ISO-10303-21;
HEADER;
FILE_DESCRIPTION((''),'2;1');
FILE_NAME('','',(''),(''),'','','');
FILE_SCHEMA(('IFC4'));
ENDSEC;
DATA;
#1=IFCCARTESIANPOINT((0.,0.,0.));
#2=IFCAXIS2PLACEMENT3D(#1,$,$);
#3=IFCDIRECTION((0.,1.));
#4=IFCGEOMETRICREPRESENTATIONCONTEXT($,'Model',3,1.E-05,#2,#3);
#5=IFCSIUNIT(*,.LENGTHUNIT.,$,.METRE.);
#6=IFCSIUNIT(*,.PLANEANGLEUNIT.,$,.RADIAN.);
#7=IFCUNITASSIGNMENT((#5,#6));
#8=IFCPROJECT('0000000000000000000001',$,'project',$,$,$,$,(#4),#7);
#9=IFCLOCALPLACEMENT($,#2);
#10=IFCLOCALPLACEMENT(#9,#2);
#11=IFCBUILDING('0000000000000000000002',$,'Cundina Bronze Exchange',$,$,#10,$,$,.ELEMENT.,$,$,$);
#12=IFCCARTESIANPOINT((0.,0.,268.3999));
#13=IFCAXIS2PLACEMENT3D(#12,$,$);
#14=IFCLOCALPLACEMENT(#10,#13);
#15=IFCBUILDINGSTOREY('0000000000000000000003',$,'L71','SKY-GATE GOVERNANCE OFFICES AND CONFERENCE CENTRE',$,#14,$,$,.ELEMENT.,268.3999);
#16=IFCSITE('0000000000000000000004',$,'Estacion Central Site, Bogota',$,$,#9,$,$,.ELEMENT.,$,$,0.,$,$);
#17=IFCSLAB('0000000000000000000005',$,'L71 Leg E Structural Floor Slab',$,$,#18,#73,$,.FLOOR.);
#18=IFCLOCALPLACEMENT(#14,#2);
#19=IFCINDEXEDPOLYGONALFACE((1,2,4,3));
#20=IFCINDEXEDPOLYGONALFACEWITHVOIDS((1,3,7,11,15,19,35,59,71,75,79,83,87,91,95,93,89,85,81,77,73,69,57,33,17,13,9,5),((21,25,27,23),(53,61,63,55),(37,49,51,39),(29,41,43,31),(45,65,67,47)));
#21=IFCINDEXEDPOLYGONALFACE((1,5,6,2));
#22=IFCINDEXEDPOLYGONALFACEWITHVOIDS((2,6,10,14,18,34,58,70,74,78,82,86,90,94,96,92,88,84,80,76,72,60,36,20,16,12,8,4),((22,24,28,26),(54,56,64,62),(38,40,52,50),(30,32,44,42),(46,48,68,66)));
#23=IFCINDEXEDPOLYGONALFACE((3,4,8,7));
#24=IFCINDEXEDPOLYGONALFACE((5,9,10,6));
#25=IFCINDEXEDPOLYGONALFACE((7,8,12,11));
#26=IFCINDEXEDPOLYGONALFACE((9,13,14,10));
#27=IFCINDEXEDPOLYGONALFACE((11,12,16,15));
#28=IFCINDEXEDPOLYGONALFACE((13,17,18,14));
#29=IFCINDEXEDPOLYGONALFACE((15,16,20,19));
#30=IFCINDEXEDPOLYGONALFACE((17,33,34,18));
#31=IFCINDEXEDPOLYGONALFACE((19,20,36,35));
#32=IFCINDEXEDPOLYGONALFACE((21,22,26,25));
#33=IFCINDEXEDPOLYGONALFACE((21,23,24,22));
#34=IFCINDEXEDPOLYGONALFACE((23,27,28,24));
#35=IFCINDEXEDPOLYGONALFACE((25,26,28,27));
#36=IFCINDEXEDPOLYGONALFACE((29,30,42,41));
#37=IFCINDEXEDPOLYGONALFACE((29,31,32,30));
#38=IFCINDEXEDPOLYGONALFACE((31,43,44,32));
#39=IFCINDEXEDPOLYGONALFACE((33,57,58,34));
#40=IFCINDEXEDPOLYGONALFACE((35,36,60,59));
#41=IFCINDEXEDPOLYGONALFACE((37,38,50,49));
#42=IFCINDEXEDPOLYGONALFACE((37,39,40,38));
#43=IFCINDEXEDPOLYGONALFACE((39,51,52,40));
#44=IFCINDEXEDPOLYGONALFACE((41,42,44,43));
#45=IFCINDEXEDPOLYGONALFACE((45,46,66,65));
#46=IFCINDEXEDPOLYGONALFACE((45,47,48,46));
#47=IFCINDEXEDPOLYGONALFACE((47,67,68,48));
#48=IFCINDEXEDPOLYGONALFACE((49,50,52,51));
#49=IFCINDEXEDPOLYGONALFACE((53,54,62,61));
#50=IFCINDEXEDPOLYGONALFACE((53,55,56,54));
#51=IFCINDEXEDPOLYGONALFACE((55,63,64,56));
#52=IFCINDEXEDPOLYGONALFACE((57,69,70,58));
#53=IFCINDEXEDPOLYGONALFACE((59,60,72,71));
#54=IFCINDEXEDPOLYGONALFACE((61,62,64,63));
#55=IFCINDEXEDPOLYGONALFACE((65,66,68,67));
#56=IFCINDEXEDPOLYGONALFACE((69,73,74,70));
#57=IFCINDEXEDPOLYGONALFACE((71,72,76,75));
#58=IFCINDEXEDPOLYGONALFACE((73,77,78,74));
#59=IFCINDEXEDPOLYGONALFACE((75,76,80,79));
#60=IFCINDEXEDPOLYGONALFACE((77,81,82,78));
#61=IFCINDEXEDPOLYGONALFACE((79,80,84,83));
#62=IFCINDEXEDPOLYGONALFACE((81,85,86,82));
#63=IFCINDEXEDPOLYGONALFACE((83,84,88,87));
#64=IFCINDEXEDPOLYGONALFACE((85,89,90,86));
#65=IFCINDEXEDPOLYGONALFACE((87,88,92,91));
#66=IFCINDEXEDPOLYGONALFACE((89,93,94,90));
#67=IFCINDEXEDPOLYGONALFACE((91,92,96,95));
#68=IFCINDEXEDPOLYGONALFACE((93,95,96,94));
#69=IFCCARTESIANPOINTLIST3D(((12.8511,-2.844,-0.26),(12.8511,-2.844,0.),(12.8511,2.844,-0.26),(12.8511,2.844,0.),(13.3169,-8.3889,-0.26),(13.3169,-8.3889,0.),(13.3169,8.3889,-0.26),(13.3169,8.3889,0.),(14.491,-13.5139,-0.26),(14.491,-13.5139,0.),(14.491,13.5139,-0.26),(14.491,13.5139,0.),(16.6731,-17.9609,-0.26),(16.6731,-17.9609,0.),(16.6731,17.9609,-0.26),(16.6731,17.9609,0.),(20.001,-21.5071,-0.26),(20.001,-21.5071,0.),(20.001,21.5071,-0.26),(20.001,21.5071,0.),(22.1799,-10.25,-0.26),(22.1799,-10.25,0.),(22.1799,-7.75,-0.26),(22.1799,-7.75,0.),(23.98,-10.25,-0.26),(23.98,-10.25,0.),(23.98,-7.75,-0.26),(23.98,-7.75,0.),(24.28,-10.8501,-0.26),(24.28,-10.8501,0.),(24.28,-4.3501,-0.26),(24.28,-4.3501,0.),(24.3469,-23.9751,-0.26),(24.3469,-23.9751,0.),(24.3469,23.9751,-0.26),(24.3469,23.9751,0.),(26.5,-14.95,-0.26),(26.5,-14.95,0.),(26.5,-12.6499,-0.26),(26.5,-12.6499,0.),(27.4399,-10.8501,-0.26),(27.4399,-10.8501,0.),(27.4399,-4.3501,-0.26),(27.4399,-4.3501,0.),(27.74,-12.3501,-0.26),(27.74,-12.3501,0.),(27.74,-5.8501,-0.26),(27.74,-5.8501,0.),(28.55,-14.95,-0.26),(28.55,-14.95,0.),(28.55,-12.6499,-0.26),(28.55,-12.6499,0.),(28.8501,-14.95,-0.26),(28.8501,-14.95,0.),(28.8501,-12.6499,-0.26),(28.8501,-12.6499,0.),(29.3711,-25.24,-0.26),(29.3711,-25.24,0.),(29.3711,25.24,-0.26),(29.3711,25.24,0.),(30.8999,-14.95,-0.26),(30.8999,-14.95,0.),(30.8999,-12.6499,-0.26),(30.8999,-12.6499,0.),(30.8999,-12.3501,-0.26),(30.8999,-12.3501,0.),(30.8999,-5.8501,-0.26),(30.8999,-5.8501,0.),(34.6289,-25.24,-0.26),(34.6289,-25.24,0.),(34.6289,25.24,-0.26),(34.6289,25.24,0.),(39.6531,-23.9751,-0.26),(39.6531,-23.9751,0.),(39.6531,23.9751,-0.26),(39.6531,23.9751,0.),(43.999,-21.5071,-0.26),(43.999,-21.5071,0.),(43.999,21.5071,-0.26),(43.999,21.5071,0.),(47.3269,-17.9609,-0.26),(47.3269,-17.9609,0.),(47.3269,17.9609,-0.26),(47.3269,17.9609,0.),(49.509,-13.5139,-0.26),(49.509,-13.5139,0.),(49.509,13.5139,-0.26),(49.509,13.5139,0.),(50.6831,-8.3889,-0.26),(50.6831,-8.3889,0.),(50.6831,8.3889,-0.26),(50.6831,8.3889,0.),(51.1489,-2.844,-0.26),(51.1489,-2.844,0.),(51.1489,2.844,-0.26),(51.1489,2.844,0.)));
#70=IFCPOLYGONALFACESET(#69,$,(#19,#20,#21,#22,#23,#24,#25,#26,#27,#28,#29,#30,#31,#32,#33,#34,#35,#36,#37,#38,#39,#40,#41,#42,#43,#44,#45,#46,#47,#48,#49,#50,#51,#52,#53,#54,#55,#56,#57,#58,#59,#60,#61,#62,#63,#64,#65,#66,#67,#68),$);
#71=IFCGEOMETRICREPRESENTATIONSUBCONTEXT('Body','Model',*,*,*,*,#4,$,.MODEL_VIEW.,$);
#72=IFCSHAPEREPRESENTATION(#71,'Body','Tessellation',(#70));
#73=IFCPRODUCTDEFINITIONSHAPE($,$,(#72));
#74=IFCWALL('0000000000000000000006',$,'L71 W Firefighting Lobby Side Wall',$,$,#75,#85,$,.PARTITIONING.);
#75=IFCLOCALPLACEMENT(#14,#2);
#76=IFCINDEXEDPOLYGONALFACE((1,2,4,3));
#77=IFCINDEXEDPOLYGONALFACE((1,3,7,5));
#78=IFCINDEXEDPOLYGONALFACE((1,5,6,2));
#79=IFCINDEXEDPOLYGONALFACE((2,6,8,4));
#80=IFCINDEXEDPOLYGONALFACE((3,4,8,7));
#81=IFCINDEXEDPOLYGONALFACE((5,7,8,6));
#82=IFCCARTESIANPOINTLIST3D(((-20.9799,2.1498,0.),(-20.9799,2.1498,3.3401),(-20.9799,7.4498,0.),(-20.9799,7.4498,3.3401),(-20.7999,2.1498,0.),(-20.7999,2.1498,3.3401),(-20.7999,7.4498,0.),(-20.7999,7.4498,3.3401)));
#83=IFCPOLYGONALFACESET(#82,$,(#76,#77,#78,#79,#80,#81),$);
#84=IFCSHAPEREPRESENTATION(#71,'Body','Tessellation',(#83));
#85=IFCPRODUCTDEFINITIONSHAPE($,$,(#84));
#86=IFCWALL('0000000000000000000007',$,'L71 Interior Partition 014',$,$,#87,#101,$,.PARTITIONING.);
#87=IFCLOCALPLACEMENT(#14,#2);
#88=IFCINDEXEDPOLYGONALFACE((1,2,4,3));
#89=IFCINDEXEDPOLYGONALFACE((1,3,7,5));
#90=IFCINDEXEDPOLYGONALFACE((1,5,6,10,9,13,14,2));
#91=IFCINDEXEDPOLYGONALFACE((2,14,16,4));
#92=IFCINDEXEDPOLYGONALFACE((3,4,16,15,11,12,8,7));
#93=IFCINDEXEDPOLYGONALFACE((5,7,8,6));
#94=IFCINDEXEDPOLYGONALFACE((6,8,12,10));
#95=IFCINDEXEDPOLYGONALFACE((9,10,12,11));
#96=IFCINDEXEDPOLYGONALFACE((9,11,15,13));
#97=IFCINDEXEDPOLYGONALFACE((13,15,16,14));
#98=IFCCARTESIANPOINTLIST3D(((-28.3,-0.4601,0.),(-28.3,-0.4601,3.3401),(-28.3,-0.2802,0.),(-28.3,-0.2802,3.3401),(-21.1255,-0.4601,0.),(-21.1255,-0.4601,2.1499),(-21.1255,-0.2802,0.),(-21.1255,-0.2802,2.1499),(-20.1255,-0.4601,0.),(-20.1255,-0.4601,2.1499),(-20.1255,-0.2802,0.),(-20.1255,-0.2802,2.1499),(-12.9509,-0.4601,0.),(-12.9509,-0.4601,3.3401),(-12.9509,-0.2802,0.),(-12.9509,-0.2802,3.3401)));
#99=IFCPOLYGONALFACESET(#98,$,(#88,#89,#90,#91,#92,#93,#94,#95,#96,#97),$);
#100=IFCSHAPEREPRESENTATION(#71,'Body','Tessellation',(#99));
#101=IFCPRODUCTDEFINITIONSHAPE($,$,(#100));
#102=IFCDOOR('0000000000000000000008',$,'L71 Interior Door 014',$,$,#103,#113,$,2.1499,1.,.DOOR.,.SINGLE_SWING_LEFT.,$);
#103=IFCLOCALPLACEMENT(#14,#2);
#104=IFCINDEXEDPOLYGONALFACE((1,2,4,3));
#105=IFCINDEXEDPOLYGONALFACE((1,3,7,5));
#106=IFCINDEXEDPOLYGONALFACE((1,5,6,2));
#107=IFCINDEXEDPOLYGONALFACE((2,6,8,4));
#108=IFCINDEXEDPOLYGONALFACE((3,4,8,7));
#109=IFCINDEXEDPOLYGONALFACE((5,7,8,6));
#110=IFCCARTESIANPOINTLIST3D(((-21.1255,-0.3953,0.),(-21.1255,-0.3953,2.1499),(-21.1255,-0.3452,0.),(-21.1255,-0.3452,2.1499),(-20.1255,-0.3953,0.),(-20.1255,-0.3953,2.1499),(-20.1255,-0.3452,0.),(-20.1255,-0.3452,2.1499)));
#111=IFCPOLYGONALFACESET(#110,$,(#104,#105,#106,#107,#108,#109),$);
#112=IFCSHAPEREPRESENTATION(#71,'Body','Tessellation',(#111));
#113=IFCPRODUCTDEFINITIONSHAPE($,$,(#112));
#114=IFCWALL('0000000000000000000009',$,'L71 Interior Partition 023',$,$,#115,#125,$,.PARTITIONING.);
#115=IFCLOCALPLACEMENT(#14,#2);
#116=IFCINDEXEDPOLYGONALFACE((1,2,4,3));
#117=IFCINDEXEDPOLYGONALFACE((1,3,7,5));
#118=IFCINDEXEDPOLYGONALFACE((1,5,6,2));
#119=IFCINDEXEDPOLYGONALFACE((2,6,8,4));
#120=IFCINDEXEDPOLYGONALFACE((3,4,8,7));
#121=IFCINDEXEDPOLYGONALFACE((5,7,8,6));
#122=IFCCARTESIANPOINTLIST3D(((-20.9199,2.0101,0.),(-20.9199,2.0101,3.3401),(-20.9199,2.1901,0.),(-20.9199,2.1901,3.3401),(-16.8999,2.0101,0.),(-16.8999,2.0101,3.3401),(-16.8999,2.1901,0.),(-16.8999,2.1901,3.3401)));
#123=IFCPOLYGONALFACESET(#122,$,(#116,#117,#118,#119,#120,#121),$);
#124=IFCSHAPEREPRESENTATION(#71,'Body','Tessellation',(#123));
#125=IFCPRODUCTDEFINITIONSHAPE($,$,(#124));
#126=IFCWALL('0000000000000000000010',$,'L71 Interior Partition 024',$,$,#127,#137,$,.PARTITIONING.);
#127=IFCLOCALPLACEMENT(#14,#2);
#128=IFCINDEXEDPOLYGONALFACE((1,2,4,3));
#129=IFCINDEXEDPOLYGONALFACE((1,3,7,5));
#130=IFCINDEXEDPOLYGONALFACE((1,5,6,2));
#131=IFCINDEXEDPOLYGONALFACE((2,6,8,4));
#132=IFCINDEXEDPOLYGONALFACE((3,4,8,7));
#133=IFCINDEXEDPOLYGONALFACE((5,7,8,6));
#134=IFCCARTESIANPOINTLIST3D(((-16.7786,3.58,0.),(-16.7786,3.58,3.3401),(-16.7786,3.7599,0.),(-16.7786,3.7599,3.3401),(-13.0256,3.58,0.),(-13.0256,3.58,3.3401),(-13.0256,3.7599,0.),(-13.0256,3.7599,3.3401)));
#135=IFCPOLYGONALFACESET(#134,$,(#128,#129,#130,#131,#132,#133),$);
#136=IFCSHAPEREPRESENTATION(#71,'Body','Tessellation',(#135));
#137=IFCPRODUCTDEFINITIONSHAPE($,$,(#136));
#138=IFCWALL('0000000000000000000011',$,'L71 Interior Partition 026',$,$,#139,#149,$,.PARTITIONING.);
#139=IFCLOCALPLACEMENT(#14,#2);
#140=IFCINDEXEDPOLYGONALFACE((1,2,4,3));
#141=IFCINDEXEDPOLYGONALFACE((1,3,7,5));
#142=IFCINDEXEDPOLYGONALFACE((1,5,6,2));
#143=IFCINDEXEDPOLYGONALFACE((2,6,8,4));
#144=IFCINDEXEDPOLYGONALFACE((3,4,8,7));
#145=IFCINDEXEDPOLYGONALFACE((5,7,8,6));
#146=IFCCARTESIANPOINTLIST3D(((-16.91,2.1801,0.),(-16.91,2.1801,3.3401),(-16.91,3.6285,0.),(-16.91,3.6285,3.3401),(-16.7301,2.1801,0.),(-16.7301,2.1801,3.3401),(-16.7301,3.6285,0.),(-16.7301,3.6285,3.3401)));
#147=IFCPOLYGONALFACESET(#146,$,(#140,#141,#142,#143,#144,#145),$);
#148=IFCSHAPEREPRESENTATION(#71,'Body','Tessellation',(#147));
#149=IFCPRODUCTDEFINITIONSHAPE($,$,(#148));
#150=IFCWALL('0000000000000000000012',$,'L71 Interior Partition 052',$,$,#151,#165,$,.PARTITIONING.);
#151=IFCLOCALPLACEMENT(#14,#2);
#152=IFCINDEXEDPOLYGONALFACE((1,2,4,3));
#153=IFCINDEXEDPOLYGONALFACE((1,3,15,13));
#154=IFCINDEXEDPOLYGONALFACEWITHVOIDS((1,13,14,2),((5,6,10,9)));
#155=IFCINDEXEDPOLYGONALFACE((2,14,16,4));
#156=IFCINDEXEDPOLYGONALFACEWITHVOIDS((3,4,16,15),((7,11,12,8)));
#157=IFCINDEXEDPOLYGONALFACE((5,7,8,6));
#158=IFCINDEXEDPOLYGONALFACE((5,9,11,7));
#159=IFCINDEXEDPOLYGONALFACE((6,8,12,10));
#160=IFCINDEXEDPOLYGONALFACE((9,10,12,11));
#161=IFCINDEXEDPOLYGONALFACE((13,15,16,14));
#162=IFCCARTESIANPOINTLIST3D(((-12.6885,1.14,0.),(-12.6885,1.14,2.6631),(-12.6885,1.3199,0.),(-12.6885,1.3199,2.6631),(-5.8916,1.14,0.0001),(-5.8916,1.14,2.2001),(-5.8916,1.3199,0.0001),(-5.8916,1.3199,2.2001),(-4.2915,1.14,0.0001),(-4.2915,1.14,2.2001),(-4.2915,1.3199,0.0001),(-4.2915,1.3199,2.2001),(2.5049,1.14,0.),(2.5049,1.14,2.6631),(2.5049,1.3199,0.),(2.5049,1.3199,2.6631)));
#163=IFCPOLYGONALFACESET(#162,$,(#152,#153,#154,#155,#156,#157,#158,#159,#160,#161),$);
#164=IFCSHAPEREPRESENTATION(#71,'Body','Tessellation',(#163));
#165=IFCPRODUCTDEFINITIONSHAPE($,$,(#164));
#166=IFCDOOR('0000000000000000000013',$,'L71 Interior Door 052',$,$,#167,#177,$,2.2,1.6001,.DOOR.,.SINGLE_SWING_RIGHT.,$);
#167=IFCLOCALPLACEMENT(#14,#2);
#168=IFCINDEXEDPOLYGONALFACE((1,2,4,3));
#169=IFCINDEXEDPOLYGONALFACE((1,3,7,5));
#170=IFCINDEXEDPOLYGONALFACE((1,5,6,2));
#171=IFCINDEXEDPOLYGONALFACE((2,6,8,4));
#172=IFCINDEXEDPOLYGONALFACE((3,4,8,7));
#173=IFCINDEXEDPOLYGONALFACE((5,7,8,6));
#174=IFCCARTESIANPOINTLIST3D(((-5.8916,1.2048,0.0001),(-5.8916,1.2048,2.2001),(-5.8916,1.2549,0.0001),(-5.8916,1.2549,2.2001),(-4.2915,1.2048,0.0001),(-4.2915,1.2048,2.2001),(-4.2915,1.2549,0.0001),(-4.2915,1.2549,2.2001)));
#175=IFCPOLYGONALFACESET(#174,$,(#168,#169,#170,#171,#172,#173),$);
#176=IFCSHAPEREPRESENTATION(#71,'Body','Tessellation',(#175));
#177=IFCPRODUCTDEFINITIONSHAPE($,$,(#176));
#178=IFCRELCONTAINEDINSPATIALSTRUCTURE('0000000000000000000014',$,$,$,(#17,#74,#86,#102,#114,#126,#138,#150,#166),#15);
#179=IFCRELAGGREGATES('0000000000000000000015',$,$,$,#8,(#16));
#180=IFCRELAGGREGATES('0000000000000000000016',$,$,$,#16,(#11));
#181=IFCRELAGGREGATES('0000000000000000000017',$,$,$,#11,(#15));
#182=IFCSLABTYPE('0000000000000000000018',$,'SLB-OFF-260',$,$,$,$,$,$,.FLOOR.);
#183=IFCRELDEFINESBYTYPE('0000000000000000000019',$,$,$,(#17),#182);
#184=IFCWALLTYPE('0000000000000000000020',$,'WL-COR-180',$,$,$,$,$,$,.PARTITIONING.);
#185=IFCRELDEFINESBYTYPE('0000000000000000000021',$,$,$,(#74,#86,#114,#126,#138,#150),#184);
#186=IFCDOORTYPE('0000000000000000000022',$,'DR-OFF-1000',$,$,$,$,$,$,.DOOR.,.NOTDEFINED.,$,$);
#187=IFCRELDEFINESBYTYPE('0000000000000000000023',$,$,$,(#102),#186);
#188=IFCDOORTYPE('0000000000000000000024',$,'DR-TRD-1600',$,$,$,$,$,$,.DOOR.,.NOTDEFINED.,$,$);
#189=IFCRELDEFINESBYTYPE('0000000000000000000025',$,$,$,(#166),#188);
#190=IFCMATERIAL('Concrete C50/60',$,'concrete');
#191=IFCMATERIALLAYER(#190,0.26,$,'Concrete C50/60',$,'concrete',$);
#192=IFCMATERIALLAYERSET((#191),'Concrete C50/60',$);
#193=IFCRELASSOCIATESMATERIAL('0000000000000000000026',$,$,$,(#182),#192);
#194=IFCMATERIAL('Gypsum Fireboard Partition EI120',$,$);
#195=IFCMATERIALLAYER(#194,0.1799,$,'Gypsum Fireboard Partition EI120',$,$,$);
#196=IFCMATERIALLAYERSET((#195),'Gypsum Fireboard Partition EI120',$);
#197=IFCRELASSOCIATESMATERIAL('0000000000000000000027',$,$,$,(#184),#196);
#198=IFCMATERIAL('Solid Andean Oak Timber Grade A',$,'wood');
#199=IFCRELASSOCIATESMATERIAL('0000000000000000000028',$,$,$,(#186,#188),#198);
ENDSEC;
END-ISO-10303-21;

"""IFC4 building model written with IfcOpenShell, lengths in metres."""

from ifc_helpers import new_model, si_unit, direction, frame, frame_2d, origin, place, context, subcontext, project, spatial, polyline, rectangle, outline, extrude, material, layer, layer_set, type_object, element, fill, save


model = new_model("IFC4")

# Units and contexts
model_context = context("Model", 3, precision=1e-05, world=origin(), true_north=direction((0.0, 1.0)))
body_context = subcontext(model_context, "Body", "Model", "MODEL_VIEW")
ifc_project = project(units=[si_unit("LENGTHUNIT", "METRE"), si_unit("PLANEANGLEUNIT", "RADIAN")], contexts=[model_context])

# Site, building, storey
site_placement = place(None, origin())
site = spatial("IfcSite", under=ifc_project, at=site_placement, Name="Estacion Central Site, Bogota", CompositionType="ELEMENT", RefElevation=0.0)
building_placement = place(site_placement, origin())
building = spatial("IfcBuilding", under=site, at=building_placement, Name="Cundina Bronze Exchange", CompositionType="ELEMENT")
storey_placement = place(building_placement, frame((0.0, 0.0, 268.3999)))
storey = spatial("IfcBuildingStorey", under=building, at=storey_placement, Name="L71", Description="SKY-GATE GOVERNANCE OFFICES AND CONFERENCE CENTRE", CompositionType="ELEMENT", Elevation=268.3999)

# Shared definitions
ifc_material_1 = material(Name="Concrete C50/60", Category="concrete")

# Slab
ifc_layer_1 = layer(ifc_material_1, 0.26, Name="Concrete C50/60", Category="concrete")
ifc_layer_set_1 = layer_set([ifc_layer_1], Name="Concrete C50/60")
slab_type_1 = type_object("IfcSlabType", Name="SLB-OFF-260", PredefinedType="FLOOR", material=ifc_layer_set_1)
slab_1_placement = place(storey_placement, frame((0.0, 0.0, -0.26)))
element("IfcSlab", 1, at=slab_1_placement, inside=storey, type_object=slab_type_1, Name="L71 Leg E Structural Floor Slab", PredefinedType="FLOOR", context=body_context, shape_type="SweptSolid", body=[
    extrude(outline(polyline([(51.1489, 2.844), (50.6831, 8.3889), (49.509, 13.5139), (47.3269, 17.9609), (43.999, 21.5071), (39.6531, 23.9751), (34.6289, 25.24), (29.3711, 25.24), (24.3469, 23.9751), (20.001, 21.5071), (16.6731, 17.9609), (14.491, 13.5139), (13.3169, 8.3889), (12.8511, 2.844), (12.8511, -2.844), (13.3169, -8.3889), (14.491, -13.5139), (16.6731, -17.9609), (20.001, -21.5071), (24.3469, -23.9751), (29.3711, -25.24), (34.6289, -25.24), (39.6531, -23.9751), (43.999, -21.5071), (47.3269, -17.9609), (49.509, -13.5139), (50.6831, -8.3889), (51.1489, -2.844), (51.1489, 2.844)]), holes=[polyline([(27.74, -5.8501), (27.74, -12.3501), (30.8999, -12.3501), (30.8999, -5.8501), (27.74, -5.8501)]), polyline([(27.4399, -10.8501), (27.4399, -4.3501), (24.28, -4.3501), (24.28, -10.8501), (27.4399, -10.8501)]), polyline([(22.1799, -7.75), (23.98, -7.75), (23.98, -10.25), (22.1799, -10.25), (22.1799, -7.75)]), polyline([(28.8501, -12.6499), (30.8999, -12.6499), (30.8999, -14.95), (28.8501, -14.95), (28.8501, -12.6499)]), polyline([(26.5, -12.6499), (28.55, -12.6499), (28.55, -14.95), (26.5, -14.95), (26.5, -12.6499)])]), origin(), (0.0, 0.0, 1.0), 0.26),
])

# Wall
ifc_material_2 = material(Name="Gypsum Fireboard Partition EI120")
ifc_layer_2 = layer(ifc_material_2, 0.1799, Name="Gypsum Fireboard Partition EI120")
ifc_layer_set_2 = layer_set([ifc_layer_2], Name="Gypsum Fireboard Partition EI120")
wall_type_1 = type_object("IfcWallType", Name="WL-COR-180", PredefinedType="PARTITIONING", material=ifc_layer_set_2)
wall_1_placement = place(storey_placement, frame((-20.8899, 2.1499, 0.0), z_axis=(0.0, 0.0, 1.0), x_axis=(0.0, 1.0, 0.0)))
element("IfcWall", 2, at=wall_1_placement, inside=storey, type_object=wall_type_1, Name="L71 W Firefighting Lobby Side Wall", PredefinedType="PARTITIONING", context=body_context, shape_type="SweptSolid", body=[
    extrude(rectangle(XDim=5.3, YDim=0.1799, at=frame_2d((2.6499, 0.0))), origin(), (0.0, 0.0, 1.0), 3.3401),
])

# Wall, opening, door
wall_2_placement = place(storey_placement, frame((-28.3, -0.3701, 0.0), z_axis=(0.0, 0.0, 1.0), x_axis=(1.0, 0.0, 0.0)))
wall_2 = element("IfcWall", 3, at=wall_2_placement, inside=storey, type_object=wall_type_1, Name="L71 Interior Partition 014", PredefinedType="PARTITIONING", context=body_context, shape_type="SweptSolid", body=[
    extrude(rectangle(XDim=15.3491, YDim=0.1799, at=frame_2d((7.6746, 0.0))), origin(), (0.0, 0.0, 1.0), 3.3401),
])
opening_1_placement = place(wall_2_placement, frame((7.1746, 0.0, 0.0)))
opening_1 = element("IfcOpeningElement", 4, at=opening_1_placement, cuts=wall_2, PredefinedType="OPENING", context=body_context, shape_type="SweptSolid", body=[
    extrude(rectangle(XDim=1.0, YDim=2.1499, at=frame_2d((0.5, 1.075))), frame((0.0, 0.0999, 0.0), z_axis=(0.0, -1.0, 0.0), x_axis=(1.0, 0.0, 0.0)), (0.0, 0.0, 1.0), 0.2),
])
ifc_material_3 = material(Name="Solid Andean Oak Timber Grade A", Category="wood")
door_type_1 = type_object("IfcDoorType", Name="DR-OFF-1000", OperationType="NOTDEFINED", PredefinedType="DOOR", material=ifc_material_3)
door_1_placement = place(opening_1_placement, origin())
door_1 = element("IfcDoor", 5, at=door_1_placement, inside=storey, type_object=door_type_1, Name="L71 Interior Door 014", OperationType="SINGLE_SWING_LEFT", OverallHeight=2.1499, OverallWidth=1.0, PredefinedType="DOOR", context=body_context, shape_type="SweptSolid", body=[
    extrude(rectangle(XDim=1.0, YDim=2.1499, at=frame_2d((0.5, 1.075))), frame((0.0, 0.0249, 0.0), z_axis=(0.0, -1.0, 0.0), x_axis=(1.0, 0.0, 0.0)), (0.0, 0.0, 1.0), 0.05),
])
fill(opening_1, door_1)

# Walls
wall_3_placement = place(storey_placement, frame((-16.8999, 2.1001, 0.0), z_axis=(0.0, 0.0, 1.0), x_axis=(-1.0, 0.0, 0.0)))
element("IfcWall", 6, at=wall_3_placement, inside=storey, type_object=wall_type_1, Name="L71 Interior Partition 023", PredefinedType="PARTITIONING", context=body_context, shape_type="SweptSolid", body=[
    extrude(rectangle(XDim=4.02, YDim=0.1799, at=frame_2d((2.01, 0.0))), origin(), (0.0, 0.0, 1.0), 3.3401),
])
wall_4_placement = place(storey_placement, frame((-13.0256, 3.6699, 0.0), z_axis=(0.0, 0.0, 1.0), x_axis=(-1.0, 0.0, 0.0)))
element("IfcWall", 7, at=wall_4_placement, inside=storey, type_object=wall_type_1, Name="L71 Interior Partition 024", PredefinedType="PARTITIONING", context=body_context, shape_type="SweptSolid", body=[
    extrude(rectangle(XDim=3.7529, YDim=0.1799, at=frame_2d((1.8765, 0.0))), origin(), (0.0, 0.0, 1.0), 3.3401),
])
wall_5_placement = place(storey_placement, frame((-16.8201, 3.6284, 0.0), z_axis=(0.0, 0.0, 1.0), x_axis=(0.0, -1.0, 0.0)))
element("IfcWall", 8, at=wall_5_placement, inside=storey, type_object=wall_type_1, Name="L71 Interior Partition 026", PredefinedType="PARTITIONING", context=body_context, shape_type="SweptSolid", body=[
    extrude(rectangle(XDim=1.4485, YDim=0.1799, at=frame_2d((0.7241, 0.0))), origin(), (0.0, 0.0, 1.0), 3.3401),
])

# Wall, opening, door
wall_6_placement = place(storey_placement, frame((-12.6885, 1.23, 0.0), z_axis=(0.0, 0.0, 1.0), x_axis=(1.0, 0.0, 0.0)))
wall_6 = element("IfcWall", 9, at=wall_6_placement, inside=storey, type_object=wall_type_1, Name="L71 Interior Partition 052", PredefinedType="PARTITIONING", context=body_context, shape_type="SweptSolid", body=[
    extrude(rectangle(XDim=15.1934, YDim=0.1799, at=frame_2d((7.5967, 0.0))), origin(), (0.0, 0.0, 1.0), 2.6631),
])
opening_2_placement = place(wall_6_placement, frame((6.7969, 0.0, 0.0)))
opening_2 = element("IfcOpeningElement", 10, at=opening_2_placement, cuts=wall_6, PredefinedType="OPENING", context=body_context, shape_type="SweptSolid", body=[
    extrude(rectangle(XDim=1.6001, YDim=2.2, at=frame_2d((0.8, 1.1001))), frame((0.0, 0.0999, 0.0), z_axis=(0.0, -1.0, 0.0), x_axis=(1.0, 0.0, 0.0)), (0.0, 0.0, 1.0), 0.2),
])
door_type_2 = type_object("IfcDoorType", Name="DR-TRD-1600", OperationType="NOTDEFINED", PredefinedType="DOOR", material=ifc_material_3)
door_2_placement = place(opening_2_placement, origin())
door_2 = element("IfcDoor", 11, at=door_2_placement, inside=storey, type_object=door_type_2, Name="L71 Interior Door 052", OperationType="SINGLE_SWING_RIGHT", OverallHeight=2.2, OverallWidth=1.6001, PredefinedType="DOOR", context=body_context, shape_type="SweptSolid", body=[
    extrude(rectangle(XDim=1.6001, YDim=2.2, at=frame_2d((0.8, 1.1001))), frame((0.0, 0.0249, 0.0), z_axis=(0.0, -1.0, 0.0), x_axis=(1.0, 0.0, 0.0)), (0.0, 0.0, 1.0), 0.05),
])
fill(opening_2, door_2)

save(model, "model.ifc")
